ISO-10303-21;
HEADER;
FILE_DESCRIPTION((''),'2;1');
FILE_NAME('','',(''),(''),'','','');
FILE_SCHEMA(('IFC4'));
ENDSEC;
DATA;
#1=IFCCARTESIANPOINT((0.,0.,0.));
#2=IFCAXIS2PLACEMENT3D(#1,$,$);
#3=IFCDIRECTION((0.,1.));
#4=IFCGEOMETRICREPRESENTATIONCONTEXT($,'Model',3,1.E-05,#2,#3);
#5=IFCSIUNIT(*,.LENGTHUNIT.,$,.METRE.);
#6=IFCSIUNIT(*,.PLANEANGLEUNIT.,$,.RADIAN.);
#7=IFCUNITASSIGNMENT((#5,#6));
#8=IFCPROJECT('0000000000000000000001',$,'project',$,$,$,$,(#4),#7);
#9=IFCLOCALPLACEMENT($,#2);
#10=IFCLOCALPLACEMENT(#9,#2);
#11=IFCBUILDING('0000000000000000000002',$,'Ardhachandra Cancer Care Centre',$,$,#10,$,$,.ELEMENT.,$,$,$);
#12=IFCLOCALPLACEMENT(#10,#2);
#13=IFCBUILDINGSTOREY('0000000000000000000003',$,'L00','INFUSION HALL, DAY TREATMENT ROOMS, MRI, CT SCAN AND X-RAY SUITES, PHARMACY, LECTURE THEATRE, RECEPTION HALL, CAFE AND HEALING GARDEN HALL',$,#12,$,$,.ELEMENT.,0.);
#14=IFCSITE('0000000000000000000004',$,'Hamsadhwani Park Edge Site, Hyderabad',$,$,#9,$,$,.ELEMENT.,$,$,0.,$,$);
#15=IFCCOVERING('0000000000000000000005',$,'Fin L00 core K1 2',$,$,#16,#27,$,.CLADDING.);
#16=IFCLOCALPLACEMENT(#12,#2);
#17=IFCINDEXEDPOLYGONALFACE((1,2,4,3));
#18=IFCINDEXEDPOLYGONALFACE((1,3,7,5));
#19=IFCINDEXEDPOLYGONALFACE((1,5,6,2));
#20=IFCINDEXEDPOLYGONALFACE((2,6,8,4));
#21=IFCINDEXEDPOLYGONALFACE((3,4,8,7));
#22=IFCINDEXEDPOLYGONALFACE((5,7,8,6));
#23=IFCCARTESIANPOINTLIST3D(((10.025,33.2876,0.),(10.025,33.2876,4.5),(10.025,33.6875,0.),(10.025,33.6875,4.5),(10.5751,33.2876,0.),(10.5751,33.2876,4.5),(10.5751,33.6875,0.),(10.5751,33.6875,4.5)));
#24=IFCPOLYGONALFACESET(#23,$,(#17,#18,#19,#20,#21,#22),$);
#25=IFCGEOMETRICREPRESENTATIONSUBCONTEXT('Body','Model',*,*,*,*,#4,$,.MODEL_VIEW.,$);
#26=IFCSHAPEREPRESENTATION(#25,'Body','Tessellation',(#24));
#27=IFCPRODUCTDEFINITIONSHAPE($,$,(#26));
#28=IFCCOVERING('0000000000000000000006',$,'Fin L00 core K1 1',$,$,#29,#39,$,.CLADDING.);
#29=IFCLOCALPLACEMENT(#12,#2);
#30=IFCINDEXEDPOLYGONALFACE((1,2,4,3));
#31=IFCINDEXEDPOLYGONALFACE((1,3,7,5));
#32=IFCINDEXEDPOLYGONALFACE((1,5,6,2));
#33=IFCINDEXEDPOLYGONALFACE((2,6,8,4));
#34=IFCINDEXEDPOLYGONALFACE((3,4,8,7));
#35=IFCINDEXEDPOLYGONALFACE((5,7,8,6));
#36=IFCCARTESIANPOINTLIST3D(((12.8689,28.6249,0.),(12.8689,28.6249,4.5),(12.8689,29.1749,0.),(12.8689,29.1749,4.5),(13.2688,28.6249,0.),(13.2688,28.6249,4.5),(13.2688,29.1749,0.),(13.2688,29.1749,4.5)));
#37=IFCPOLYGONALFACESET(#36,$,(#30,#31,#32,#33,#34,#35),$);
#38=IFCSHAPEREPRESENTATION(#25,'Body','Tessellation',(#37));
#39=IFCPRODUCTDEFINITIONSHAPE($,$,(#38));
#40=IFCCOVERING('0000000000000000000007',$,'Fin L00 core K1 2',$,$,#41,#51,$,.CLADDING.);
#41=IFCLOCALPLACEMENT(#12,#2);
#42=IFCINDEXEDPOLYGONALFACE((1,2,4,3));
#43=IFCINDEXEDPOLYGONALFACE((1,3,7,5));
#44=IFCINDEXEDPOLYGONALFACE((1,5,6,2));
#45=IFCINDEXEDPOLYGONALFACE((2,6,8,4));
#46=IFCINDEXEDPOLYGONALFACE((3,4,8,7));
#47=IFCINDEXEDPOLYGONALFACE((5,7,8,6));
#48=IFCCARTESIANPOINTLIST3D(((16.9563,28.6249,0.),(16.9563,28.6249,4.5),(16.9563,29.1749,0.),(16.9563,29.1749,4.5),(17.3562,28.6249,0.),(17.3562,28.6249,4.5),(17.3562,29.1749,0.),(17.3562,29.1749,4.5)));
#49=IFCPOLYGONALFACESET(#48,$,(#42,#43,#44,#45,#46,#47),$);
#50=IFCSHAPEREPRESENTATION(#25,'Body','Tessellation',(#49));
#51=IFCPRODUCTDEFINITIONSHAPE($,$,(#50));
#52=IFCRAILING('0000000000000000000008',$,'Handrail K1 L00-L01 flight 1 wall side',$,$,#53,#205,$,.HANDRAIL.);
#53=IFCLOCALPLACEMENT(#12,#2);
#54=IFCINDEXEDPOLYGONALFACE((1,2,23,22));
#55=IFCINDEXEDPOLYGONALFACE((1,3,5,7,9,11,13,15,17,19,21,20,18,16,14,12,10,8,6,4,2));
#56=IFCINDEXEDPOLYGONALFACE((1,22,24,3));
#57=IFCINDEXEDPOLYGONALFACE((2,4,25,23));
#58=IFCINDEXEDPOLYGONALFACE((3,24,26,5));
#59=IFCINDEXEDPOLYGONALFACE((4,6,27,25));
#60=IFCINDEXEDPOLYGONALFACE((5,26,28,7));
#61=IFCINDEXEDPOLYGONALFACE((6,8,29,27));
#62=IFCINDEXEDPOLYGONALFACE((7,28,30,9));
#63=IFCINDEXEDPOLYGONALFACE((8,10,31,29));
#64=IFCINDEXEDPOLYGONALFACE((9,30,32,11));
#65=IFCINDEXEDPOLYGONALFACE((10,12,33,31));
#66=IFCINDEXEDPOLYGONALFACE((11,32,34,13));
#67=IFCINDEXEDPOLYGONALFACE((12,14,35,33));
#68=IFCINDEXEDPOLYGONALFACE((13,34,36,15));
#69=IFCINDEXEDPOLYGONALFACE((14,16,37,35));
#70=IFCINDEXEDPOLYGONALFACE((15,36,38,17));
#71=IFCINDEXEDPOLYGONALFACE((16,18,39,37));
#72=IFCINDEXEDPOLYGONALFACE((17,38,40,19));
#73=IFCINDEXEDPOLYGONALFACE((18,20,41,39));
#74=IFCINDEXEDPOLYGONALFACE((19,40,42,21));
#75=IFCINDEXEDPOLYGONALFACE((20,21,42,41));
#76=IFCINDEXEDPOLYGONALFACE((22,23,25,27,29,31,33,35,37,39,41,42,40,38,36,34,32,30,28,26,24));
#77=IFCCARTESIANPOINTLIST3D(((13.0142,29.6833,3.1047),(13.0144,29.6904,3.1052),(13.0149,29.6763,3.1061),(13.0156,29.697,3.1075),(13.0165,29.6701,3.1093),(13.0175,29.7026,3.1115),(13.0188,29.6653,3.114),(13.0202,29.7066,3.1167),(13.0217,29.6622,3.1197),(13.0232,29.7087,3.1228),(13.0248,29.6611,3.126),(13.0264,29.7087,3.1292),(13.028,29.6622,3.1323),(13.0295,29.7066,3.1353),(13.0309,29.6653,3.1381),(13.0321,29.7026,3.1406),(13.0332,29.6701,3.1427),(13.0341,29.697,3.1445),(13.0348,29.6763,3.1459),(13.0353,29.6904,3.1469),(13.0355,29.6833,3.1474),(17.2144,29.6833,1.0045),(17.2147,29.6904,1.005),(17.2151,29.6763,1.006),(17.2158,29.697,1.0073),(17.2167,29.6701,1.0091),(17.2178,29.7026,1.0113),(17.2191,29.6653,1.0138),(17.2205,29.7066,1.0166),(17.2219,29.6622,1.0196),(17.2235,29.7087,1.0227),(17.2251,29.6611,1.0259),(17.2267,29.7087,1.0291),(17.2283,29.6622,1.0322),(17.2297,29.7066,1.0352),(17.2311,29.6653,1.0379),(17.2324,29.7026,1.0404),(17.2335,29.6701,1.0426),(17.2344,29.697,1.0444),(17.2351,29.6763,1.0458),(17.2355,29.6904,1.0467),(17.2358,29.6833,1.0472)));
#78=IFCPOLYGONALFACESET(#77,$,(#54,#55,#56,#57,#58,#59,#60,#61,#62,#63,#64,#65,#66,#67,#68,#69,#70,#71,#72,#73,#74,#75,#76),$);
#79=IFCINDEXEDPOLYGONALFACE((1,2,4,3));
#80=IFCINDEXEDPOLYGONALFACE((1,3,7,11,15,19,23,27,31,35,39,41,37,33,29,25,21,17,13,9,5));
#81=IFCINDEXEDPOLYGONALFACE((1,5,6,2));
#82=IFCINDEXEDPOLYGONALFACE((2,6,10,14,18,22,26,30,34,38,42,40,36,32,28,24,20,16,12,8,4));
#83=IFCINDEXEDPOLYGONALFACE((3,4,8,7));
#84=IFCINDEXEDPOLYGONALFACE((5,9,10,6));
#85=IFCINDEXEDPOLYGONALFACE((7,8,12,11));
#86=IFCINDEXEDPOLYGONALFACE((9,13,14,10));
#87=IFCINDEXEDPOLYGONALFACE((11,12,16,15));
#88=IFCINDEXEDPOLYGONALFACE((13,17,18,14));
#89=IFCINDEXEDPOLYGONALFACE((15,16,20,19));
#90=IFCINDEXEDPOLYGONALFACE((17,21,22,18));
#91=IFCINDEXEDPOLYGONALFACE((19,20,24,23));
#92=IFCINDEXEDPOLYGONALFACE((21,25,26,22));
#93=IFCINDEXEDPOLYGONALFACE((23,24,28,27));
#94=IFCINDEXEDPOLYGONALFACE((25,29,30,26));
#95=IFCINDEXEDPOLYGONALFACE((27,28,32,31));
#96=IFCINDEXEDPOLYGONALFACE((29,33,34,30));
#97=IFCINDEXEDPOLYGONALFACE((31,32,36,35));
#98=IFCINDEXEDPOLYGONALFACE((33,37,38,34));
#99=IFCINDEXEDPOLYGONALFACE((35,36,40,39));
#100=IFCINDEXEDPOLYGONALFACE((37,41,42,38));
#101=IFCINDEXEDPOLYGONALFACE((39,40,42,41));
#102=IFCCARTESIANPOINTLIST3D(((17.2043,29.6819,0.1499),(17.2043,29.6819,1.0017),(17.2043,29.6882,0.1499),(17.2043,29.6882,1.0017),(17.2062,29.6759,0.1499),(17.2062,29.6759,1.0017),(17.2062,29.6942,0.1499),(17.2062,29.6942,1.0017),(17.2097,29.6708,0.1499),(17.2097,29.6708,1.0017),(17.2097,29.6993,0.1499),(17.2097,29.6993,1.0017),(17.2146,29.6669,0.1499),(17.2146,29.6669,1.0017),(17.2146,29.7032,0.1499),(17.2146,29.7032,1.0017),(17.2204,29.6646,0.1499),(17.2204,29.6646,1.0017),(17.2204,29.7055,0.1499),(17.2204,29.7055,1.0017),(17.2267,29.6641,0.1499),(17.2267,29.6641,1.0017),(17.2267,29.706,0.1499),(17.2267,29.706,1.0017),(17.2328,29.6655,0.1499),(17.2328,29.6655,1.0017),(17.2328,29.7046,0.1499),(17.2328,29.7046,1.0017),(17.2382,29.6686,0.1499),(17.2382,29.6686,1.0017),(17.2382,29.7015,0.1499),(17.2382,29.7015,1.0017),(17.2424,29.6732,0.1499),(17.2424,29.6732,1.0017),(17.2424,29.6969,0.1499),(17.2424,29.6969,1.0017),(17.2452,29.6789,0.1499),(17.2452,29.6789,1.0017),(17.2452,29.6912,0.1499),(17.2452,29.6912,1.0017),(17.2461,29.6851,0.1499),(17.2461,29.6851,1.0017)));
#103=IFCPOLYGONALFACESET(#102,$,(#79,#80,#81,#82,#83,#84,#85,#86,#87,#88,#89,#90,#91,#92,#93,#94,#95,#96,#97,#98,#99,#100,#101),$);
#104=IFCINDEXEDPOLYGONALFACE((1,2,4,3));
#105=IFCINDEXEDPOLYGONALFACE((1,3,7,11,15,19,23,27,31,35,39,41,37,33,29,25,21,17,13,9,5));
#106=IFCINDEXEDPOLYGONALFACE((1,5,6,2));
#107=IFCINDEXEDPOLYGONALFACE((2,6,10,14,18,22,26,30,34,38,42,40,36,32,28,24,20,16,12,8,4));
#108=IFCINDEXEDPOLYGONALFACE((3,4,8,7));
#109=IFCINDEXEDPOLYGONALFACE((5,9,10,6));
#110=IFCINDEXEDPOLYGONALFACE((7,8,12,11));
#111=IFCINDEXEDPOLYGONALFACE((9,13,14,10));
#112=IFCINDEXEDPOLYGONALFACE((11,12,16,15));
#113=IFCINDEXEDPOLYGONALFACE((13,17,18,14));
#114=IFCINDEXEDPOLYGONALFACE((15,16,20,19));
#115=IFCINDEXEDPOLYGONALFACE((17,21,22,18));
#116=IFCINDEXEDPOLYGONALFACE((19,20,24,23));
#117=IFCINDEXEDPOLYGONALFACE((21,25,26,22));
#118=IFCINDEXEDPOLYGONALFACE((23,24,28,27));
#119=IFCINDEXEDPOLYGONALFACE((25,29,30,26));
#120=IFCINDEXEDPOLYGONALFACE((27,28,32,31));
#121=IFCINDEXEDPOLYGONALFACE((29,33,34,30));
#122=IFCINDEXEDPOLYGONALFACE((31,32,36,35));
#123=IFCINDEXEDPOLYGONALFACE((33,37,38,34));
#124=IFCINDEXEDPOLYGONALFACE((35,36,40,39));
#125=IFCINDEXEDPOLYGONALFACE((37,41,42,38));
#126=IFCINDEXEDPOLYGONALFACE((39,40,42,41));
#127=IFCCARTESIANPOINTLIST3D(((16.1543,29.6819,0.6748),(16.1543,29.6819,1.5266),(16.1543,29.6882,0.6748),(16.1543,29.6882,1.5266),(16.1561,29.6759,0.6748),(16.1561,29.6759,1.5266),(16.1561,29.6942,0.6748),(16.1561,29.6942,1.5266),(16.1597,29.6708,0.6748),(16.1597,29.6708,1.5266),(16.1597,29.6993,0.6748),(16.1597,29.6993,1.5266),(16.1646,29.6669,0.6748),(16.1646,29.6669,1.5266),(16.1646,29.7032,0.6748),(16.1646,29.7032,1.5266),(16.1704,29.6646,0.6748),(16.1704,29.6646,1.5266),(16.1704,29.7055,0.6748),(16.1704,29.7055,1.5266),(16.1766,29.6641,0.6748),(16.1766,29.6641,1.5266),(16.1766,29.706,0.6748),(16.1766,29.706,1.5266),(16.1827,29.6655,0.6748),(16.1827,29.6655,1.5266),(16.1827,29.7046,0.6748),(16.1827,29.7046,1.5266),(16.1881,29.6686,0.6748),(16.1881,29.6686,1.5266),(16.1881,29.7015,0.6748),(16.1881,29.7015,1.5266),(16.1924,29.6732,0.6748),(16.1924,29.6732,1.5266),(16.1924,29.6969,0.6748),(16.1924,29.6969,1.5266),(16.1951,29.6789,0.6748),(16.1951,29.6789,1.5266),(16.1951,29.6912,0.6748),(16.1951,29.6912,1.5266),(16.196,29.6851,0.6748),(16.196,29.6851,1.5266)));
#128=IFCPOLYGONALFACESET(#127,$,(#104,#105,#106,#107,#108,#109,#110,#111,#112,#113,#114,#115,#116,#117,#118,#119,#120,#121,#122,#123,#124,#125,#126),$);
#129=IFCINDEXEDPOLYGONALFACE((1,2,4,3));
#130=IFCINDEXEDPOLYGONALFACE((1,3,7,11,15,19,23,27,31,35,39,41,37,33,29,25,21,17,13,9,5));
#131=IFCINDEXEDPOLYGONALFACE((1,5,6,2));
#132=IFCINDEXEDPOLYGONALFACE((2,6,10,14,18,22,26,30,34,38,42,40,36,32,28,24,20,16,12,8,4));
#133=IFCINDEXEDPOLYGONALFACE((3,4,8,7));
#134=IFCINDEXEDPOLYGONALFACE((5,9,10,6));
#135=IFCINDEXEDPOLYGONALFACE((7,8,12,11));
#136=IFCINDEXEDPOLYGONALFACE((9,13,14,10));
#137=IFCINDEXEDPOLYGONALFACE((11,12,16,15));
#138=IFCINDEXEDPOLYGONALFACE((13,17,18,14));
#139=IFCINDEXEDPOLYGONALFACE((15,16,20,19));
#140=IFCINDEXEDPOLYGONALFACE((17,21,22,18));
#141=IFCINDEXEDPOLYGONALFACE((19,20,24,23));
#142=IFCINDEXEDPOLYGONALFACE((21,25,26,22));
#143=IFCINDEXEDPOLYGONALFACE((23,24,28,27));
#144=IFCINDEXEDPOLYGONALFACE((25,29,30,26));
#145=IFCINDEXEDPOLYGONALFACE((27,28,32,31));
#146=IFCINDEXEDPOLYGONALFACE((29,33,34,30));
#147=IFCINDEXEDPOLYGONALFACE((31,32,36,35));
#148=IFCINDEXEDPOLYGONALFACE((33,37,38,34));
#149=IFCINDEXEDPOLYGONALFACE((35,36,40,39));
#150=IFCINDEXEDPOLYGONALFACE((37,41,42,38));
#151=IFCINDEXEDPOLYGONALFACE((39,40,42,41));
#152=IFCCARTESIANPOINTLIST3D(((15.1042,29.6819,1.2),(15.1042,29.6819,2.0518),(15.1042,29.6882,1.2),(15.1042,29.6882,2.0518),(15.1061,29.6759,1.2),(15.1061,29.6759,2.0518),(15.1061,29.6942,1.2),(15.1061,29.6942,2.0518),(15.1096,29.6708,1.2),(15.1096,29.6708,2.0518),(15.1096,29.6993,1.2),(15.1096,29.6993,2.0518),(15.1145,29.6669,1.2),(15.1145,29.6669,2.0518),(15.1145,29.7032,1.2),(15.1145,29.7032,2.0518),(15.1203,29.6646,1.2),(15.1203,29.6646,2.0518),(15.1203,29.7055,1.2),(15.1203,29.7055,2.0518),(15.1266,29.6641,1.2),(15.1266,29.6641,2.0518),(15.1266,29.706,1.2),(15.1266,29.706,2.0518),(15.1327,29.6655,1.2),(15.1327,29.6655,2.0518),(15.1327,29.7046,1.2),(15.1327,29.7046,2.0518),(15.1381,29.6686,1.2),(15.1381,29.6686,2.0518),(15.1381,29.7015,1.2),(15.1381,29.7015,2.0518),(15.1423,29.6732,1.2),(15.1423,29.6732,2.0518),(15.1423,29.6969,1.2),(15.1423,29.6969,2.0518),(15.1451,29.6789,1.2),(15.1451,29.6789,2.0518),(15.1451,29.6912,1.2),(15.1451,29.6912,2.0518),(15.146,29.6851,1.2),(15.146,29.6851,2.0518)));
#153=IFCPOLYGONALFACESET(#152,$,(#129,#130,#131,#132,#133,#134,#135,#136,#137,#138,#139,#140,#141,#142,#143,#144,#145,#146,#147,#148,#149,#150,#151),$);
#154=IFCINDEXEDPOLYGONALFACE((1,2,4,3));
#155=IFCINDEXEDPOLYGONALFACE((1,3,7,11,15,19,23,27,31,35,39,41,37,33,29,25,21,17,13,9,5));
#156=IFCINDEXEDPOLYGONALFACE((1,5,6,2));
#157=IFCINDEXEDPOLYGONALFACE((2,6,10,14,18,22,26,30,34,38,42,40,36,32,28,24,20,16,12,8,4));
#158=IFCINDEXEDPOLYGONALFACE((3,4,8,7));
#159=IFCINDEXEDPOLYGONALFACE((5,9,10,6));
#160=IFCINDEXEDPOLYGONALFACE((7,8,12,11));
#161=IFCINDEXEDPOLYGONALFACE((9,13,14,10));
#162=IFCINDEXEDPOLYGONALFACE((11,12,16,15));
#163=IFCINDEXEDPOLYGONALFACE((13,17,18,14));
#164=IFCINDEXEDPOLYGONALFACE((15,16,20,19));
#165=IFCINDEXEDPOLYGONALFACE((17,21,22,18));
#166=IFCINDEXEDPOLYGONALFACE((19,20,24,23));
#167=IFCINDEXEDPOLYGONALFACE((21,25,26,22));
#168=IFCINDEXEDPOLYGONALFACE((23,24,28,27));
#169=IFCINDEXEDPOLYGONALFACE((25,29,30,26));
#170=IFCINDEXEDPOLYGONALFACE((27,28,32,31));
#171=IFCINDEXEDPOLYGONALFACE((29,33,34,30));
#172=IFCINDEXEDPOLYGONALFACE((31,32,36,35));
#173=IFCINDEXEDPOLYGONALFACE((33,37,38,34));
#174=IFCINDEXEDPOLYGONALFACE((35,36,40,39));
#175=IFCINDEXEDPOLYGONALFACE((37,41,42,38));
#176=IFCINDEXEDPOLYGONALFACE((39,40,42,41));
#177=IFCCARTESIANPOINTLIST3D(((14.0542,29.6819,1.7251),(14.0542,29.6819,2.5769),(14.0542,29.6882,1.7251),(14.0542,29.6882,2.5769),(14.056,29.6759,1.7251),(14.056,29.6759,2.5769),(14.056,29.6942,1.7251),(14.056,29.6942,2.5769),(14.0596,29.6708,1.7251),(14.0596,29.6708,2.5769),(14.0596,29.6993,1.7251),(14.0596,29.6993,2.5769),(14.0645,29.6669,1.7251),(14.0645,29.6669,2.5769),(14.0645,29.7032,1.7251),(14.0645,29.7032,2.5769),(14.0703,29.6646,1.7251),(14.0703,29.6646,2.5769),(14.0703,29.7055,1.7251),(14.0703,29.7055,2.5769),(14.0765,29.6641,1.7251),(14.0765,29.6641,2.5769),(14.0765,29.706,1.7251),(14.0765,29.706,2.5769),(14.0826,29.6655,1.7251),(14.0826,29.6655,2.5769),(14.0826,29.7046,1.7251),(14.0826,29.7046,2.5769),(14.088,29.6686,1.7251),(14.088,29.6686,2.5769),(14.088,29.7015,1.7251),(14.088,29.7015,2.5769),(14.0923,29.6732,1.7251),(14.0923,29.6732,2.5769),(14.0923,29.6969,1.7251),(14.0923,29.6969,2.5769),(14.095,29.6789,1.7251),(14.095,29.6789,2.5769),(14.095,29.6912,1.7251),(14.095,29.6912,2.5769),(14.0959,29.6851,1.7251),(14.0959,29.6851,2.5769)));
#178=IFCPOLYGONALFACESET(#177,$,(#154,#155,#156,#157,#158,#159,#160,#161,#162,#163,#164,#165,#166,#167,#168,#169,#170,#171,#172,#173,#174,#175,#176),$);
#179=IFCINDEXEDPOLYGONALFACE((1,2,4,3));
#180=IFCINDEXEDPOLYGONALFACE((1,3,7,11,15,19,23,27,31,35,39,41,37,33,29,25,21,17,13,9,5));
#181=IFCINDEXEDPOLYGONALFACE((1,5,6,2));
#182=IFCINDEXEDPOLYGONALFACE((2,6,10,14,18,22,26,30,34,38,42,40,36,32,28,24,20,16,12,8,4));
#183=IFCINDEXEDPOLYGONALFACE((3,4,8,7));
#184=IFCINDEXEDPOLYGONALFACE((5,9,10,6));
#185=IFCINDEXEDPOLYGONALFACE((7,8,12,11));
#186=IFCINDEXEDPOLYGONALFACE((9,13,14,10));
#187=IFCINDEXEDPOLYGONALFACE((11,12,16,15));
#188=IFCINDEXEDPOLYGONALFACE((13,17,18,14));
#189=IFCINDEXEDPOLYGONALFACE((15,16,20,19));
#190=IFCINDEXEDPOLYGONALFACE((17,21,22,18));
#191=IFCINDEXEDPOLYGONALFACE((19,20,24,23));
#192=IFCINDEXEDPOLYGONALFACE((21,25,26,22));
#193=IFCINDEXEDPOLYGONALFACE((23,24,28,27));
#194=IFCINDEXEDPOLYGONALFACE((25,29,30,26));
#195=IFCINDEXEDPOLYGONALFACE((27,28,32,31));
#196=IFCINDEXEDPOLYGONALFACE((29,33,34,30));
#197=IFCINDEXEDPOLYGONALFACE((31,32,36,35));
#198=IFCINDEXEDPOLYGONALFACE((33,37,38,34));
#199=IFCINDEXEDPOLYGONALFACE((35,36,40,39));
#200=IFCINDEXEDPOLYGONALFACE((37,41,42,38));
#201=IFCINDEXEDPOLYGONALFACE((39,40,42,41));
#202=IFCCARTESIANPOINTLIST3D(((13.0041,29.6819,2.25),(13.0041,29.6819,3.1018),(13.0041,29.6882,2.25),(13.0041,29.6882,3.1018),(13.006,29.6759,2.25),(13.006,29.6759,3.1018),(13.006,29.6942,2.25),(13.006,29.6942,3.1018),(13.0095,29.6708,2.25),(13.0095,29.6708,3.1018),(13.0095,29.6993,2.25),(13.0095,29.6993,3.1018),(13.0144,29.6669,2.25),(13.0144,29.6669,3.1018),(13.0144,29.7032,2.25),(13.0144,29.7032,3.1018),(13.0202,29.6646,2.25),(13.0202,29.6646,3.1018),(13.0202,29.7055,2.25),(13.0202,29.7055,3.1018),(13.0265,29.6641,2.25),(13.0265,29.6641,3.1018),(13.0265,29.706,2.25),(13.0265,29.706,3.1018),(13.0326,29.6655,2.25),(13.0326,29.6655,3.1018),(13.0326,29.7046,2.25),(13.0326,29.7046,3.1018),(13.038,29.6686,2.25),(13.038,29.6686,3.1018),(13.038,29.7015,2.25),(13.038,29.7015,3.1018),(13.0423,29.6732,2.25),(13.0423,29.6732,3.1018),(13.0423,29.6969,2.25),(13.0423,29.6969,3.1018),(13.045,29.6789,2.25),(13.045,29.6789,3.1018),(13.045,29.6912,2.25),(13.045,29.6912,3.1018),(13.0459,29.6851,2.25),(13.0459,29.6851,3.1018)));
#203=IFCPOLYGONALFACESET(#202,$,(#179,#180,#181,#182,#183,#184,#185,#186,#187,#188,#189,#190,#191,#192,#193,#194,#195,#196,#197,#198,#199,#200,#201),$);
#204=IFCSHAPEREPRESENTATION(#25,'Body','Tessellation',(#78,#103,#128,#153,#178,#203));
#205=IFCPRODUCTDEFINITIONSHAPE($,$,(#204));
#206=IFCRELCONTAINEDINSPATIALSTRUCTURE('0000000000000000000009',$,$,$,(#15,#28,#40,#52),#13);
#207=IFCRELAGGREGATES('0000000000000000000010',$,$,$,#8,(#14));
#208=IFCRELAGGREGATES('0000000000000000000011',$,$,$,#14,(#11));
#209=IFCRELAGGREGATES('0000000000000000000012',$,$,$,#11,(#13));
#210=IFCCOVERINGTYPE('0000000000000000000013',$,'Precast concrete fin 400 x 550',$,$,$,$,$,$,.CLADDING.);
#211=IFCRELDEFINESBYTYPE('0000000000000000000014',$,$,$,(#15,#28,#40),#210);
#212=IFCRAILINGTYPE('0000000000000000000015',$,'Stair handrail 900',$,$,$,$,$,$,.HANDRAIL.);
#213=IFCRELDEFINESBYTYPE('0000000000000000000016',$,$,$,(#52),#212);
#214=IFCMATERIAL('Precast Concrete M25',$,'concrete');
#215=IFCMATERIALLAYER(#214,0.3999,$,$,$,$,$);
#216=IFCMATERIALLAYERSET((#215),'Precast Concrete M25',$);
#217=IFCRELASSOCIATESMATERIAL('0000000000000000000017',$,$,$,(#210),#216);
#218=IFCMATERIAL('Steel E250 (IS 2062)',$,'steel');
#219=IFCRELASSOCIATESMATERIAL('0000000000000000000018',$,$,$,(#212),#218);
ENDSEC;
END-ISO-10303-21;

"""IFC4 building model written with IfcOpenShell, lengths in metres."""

from ifc_helpers import new_model, si_unit, direction, frame, origin, origin_2d, place, context, subcontext, project, spatial, rectangle, circle, extrude, material, layer, layer_set, type_object, element, save


model = new_model("IFC4")

# Units and contexts
model_context = context("Model", 3, precision=1e-05, world=origin(), true_north=direction((0.0, 1.0)))
body_context = subcontext(model_context, "Body", "Model", "MODEL_VIEW")
ifc_project = project(units=[si_unit("LENGTHUNIT", "METRE"), si_unit("PLANEANGLEUNIT", "RADIAN")], contexts=[model_context])

# Site, building, storey
site_placement = place(None, origin())
site = spatial("IfcSite", under=ifc_project, at=site_placement, Name="Hamsadhwani Park Edge Site, Hyderabad", CompositionType="ELEMENT", RefElevation=0.0)
building_placement = place(site_placement, origin())
building = spatial("IfcBuilding", under=site, at=building_placement, Name="Ardhachandra Cancer Care Centre", CompositionType="ELEMENT")
storey_placement = place(building_placement, origin())
storey = spatial("IfcBuildingStorey", under=building, at=storey_placement, Name="L00", Description="INFUSION HALL, DAY TREATMENT ROOMS, MRI, CT SCAN AND X-RAY SUITES, PHARMACY, LECTURE THEATRE, RECEPTION HALL, CAFE AND HEALING GARDEN HALL", CompositionType="ELEMENT", Elevation=0.0)

# Coverings
ifc_material_1 = material(Name="Precast Concrete M25", Category="concrete")
ifc_layer_1 = layer(ifc_material_1, 0.3999)
ifc_layer_set_1 = layer_set([ifc_layer_1], Name="Precast Concrete M25")
covering_type = type_object("IfcCoveringType", Name="Precast concrete fin 400 x 550", PredefinedType="CLADDING", material=ifc_layer_set_1)
for number, where, z_axis, x_axis, name in (
    (1, (10.3, 33.4875, 0.0), (0.0, 0.0, 1.0), (0.0, 1.0, 0.0), "Fin L00 core K1 2"),
    (2, (13.0688, 28.8999, 0.0), (0.0, 0.0, 1.0), (1.0, 0.0, 0.0), "Fin L00 core K1 1"),
    (3, (17.1562, 28.8999, 0.0), (0.0, 0.0, 1.0), (1.0, 0.0, 0.0), "Fin L00 core K1 2"),
):
    element("IfcCovering", number, at=place(storey_placement, frame(where, z_axis=z_axis, x_axis=x_axis)), inside=storey, type_object=covering_type, Name=name, PredefinedType="CLADDING", context=body_context, shape_type="SweptSolid", body=[
        extrude(rectangle(XDim=0.3999, YDim=0.55, at=origin_2d()), origin(), (0.0, 0.0, 1.0), 4.5),
    ])

# Railing
ifc_material_2 = material(Name="Steel E250 (IS 2062)", Category="steel")
railing_type_1 = type_object("IfcRailingType", Name="Stair handrail 900", PredefinedType="HANDRAIL", material=ifc_material_2)
for number, where, name in (
    (4, (17.2251, 29.6851, 0.1499), "Handrail K1 L00-L01 flight 1 wall side"),
):
    element("IfcRailing", number, at=place(storey_placement, frame(where)), inside=storey, type_object=railing_type_1, Name=name, PredefinedType="HANDRAIL", context=body_context, shape_type="SweptSolid", body=[
        extrude(circle(Radius=0.0239, at=origin_2d()), frame((0.0, 0.0, 0.876), z_axis=(-0.894427, 0.0, 0.447214), x_axis=(0.0, -1.0, 0.0)), (0.0, 0.0, 1.0), 4.696),
        extrude(circle(Radius=0.021, at=origin_2d()), origin(), (0.0, 0.0, 1.0), 0.8518),
        extrude(circle(Radius=0.021, at=origin_2d()), frame((-1.05, 0.0, 0.5249)), (0.0, 0.0, 1.0), 0.8518),
        extrude(circle(Radius=0.021, at=origin_2d()), frame((-2.1001, 0.0, 1.05)), (0.0, 0.0, 1.0), 0.8518),
        extrude(circle(Radius=0.021, at=origin_2d()), frame((-3.1501, 0.0, 1.5752)), (0.0, 0.0, 1.0), 0.8518),
        extrude(circle(Radius=0.021, at=origin_2d()), frame((-4.2002, 0.0, 2.1001)), (0.0, 0.0, 1.0), 0.8518),
    ])

save(model, "model.ifc")
